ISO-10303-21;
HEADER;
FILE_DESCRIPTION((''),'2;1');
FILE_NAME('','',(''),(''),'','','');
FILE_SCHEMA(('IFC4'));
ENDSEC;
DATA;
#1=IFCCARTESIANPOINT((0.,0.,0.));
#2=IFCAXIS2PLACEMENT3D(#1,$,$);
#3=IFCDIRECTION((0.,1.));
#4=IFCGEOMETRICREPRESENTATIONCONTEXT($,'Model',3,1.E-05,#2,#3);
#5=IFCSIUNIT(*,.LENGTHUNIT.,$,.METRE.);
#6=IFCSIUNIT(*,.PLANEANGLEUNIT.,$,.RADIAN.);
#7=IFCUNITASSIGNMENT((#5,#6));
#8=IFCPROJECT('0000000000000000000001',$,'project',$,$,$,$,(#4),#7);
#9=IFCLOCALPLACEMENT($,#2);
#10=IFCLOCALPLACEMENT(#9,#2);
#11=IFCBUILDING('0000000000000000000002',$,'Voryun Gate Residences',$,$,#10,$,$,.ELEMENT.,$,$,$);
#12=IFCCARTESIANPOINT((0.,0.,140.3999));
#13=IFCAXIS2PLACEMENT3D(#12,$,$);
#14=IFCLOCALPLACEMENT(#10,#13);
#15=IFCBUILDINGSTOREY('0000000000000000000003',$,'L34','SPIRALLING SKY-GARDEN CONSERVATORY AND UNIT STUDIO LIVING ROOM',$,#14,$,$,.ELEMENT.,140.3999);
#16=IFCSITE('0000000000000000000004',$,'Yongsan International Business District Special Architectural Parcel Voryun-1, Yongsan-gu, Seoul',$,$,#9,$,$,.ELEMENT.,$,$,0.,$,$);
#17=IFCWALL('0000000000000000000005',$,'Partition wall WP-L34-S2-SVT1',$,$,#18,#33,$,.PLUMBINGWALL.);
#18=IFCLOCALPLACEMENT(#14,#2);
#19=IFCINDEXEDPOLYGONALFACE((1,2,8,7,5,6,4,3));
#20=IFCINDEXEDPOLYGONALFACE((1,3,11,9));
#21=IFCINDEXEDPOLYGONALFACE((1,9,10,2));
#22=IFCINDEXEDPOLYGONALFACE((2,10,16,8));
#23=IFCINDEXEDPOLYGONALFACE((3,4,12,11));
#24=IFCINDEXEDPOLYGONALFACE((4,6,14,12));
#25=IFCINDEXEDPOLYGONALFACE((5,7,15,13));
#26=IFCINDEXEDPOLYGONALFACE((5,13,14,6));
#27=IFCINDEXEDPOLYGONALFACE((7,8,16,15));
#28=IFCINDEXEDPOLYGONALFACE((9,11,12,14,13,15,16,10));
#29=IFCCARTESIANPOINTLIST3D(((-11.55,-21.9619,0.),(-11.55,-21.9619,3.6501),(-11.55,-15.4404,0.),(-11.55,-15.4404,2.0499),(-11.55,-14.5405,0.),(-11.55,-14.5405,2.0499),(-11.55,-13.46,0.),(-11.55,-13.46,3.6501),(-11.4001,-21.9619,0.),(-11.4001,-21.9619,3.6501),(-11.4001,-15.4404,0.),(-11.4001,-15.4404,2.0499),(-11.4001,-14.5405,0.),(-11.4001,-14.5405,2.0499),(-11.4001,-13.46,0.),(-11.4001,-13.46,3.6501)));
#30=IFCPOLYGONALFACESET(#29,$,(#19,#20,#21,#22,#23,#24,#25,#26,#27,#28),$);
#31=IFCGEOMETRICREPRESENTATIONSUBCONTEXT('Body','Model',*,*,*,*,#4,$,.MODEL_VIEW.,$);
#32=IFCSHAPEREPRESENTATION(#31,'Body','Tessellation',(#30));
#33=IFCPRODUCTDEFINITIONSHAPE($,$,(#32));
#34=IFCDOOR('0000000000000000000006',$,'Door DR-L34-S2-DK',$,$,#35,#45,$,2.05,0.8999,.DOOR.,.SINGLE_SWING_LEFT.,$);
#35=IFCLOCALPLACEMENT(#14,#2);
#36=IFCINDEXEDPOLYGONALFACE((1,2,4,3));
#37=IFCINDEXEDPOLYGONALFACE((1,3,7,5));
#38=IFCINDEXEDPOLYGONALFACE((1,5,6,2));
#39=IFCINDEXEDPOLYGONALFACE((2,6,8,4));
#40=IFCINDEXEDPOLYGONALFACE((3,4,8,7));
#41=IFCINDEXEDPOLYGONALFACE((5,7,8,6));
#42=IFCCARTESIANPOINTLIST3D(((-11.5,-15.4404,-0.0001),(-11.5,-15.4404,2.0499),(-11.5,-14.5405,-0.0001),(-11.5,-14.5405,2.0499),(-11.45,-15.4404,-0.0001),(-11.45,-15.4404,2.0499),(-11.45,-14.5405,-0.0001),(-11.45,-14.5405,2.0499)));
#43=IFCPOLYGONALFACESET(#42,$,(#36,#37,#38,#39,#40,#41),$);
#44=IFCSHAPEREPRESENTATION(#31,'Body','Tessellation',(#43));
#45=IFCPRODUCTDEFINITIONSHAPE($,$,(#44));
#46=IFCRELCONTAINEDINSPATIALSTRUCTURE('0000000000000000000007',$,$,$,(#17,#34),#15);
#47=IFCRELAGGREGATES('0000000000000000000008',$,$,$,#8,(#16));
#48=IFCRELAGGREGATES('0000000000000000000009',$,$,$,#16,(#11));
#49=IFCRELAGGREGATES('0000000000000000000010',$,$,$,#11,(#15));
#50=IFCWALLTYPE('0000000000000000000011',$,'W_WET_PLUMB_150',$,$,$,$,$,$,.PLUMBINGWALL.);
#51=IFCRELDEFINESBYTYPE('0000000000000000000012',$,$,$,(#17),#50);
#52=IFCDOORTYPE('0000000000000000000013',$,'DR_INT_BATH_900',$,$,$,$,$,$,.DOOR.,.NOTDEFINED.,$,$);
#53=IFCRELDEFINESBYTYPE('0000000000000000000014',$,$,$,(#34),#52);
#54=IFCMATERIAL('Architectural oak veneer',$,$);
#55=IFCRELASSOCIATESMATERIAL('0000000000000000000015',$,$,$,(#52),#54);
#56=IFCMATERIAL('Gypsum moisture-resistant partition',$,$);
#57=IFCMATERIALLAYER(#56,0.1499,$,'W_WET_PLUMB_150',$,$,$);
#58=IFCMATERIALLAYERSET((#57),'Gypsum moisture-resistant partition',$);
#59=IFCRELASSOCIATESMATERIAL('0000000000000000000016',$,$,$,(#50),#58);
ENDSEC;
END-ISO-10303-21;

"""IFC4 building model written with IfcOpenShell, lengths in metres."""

from ifc_helpers import new_model, si_unit, direction, frame, frame_2d, origin, place, context, subcontext, project, spatial, rectangle, extrude, material, layer, layer_set, type_object, element, fill, save


model = new_model("IFC4")

# Units and contexts
model_context = context("Model", 3, precision=1e-05, world=origin(), true_north=direction((0.0, 1.0)))
body_context = subcontext(model_context, "Body", "Model", "MODEL_VIEW")
ifc_project = project(units=[si_unit("LENGTHUNIT", "METRE"), si_unit("PLANEANGLEUNIT", "RADIAN")], contexts=[model_context])

# Site, building, storey
site_placement = place(None, origin())
site = spatial("IfcSite", under=ifc_project, at=site_placement, Name="Yongsan International Business District Special Architectural Parcel Voryun-1, Yongsan-gu, Seoul", CompositionType="ELEMENT", RefElevation=0.0)
building_placement = place(site_placement, origin())
building = spatial("IfcBuilding", under=site, at=building_placement, Name="Voryun Gate Residences", CompositionType="ELEMENT")
storey_placement = place(building_placement, frame((0.0, 0.0, 140.3999)))
storey = spatial("IfcBuildingStorey", under=building, at=storey_placement, Name="L34", Description="SPIRALLING SKY-GARDEN CONSERVATORY AND UNIT STUDIO LIVING ROOM", CompositionType="ELEMENT", Elevation=140.3999)

# Shared definitions
ifc_material_1 = material(Name="Architectural oak veneer")
door_type = type_object("IfcDoorType", Name="DR_INT_BATH_900", OperationType="NOTDEFINED", PredefinedType="DOOR", material=ifc_material_1)

# Wall, opening, door
ifc_material_2 = material(Name="Gypsum moisture-resistant partition")
ifc_layer_1 = layer(ifc_material_2, 0.1499, Name="W_WET_PLUMB_150")
ifc_layer_set_1 = layer_set([ifc_layer_1], Name="Gypsum moisture-resistant partition")
wall_type_1 = type_object("IfcWallType", Name="W_WET_PLUMB_150", PredefinedType="PLUMBINGWALL", material=ifc_layer_set_1)
wall_1_placement = place(storey_placement, frame((-11.4751, -21.9619, 0.0), z_axis=(0.0, 0.0, 1.0), x_axis=(0.0, 1.0, 0.0)))
wall_1 = element("IfcWall", 1, at=wall_1_placement, inside=storey, type_object=wall_type_1, Name="Partition wall WP-L34-S2-SVT1", PredefinedType="PLUMBINGWALL", context=body_context, shape_type="SweptSolid", body=[
    extrude(rectangle(XDim=8.502, YDim=0.1499, at=frame_2d((4.251, 0.0))), origin(), (0.0, 0.0, 1.0), 3.6501),
])
opening_1_placement = place(wall_1_placement, frame((6.5215, 0.0, 0.0)))
opening_1 = element("IfcOpeningElement", 2, at=opening_1_placement, cuts=wall_1, PredefinedType="OPENING", context=body_context, shape_type="SweptSolid", body=[
    extrude(rectangle(XDim=0.8999, YDim=2.05, at=frame_2d((0.45, 1.0249))), frame((0.0, 0.085, 0.0), z_axis=(0.0, -1.0, 0.0), x_axis=(1.0, 0.0, 0.0)), (0.0, 0.0, 1.0), 0.1699),
])
door_1_placement = place(opening_1_placement, origin())
door_1 = element("IfcDoor", 3, at=door_1_placement, inside=storey, type_object=door_type, Name="Door DR-L34-S2-DK", OperationType="SINGLE_SWING_LEFT", OverallHeight=2.05, OverallWidth=0.8999, PredefinedType="DOOR", context=body_context, shape_type="SweptSolid", body=[
    extrude(rectangle(XDim=0.8999, YDim=2.05, at=frame_2d((0.45, 1.0249))), frame((0.0, 0.0249, 0.0), z_axis=(0.0, -1.0, 0.0), x_axis=(1.0, 0.0, 0.0)), (0.0, 0.0, 1.0), 0.05),
])
fill(opening_1, door_1)

save(model, "model.ifc")
